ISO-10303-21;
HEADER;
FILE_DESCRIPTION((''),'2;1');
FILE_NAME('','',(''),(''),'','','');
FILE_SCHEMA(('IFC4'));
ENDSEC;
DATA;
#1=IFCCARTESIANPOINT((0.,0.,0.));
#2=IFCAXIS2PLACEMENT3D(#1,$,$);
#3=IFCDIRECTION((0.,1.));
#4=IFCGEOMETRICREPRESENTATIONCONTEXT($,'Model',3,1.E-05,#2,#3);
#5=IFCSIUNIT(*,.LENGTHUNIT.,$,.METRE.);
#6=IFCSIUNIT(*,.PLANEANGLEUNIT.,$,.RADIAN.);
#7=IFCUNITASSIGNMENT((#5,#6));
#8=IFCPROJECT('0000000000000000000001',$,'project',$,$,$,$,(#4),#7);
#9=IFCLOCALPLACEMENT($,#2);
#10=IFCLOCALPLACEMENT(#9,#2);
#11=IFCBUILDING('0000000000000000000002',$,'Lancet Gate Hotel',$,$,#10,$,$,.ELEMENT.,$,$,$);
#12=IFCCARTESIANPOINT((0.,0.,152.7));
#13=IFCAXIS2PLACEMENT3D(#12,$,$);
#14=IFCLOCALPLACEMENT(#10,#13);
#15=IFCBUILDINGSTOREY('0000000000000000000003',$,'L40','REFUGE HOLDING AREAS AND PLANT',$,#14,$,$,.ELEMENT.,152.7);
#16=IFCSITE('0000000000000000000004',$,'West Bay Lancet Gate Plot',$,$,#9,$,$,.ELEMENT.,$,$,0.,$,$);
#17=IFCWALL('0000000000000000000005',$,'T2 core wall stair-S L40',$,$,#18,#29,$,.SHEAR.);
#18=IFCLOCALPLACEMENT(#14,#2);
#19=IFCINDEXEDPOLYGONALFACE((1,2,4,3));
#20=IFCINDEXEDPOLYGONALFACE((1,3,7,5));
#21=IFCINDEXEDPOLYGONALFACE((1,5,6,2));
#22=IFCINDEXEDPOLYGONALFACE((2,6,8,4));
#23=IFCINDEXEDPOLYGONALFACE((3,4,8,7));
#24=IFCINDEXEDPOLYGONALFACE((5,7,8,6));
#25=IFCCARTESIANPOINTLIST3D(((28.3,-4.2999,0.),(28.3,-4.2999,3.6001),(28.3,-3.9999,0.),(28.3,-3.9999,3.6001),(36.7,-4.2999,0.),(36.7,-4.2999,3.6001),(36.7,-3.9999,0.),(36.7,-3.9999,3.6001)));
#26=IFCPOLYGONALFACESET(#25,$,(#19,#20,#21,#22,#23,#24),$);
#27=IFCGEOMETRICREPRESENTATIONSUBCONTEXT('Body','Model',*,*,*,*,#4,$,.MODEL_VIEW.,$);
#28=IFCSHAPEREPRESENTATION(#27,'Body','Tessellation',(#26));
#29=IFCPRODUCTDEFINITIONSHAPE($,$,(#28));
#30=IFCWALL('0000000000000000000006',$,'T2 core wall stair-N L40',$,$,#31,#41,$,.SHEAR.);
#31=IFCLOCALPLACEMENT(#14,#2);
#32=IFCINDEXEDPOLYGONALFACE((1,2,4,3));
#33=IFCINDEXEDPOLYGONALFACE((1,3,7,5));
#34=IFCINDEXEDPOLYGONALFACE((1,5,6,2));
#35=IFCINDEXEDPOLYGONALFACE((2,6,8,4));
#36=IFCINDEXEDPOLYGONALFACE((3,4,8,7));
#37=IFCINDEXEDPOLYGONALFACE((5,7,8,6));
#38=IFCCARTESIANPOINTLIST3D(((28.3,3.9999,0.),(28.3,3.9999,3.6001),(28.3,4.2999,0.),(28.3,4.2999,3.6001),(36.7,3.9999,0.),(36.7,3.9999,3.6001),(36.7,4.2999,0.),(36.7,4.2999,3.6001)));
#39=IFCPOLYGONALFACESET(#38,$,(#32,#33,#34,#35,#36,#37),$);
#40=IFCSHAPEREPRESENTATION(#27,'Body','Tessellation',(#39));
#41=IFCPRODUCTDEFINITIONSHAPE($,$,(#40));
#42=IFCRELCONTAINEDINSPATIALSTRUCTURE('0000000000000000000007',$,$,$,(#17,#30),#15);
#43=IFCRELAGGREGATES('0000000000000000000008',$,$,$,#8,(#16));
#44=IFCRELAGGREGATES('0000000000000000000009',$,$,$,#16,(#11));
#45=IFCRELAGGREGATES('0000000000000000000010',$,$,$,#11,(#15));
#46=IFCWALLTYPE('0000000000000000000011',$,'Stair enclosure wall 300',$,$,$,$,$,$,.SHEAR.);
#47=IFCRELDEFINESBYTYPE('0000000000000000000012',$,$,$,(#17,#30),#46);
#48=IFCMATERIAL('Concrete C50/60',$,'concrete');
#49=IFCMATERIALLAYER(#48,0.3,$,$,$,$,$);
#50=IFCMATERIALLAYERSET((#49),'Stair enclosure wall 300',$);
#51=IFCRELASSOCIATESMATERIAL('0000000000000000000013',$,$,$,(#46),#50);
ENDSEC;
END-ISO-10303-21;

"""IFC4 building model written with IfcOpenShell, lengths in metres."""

from ifc_helpers import new_model, si_unit, direction, frame, frame_2d, origin, place, context, subcontext, project, spatial, rectangle, extrude, material, layer, layer_set, type_object, element, save


model = new_model("IFC4")

# Units and contexts
model_context = context("Model", 3, precision=1e-05, world=origin(), true_north=direction((0.0, 1.0)))
body_context = subcontext(model_context, "Body", "Model", "MODEL_VIEW")
ifc_project = project(units=[si_unit("LENGTHUNIT", "METRE"), si_unit("PLANEANGLEUNIT", "RADIAN")], contexts=[model_context])

# Site, building, storey
site_placement = place(None, origin())
site = spatial("IfcSite", under=ifc_project, at=site_placement, Name="West Bay Lancet Gate Plot", CompositionType="ELEMENT", RefElevation=0.0)
building_placement = place(site_placement, origin())
building = spatial("IfcBuilding", under=site, at=building_placement, Name="Lancet Gate Hotel", CompositionType="ELEMENT")
storey_placement = place(building_placement, frame((0.0, 0.0, 152.7)))
storey = spatial("IfcBuildingStorey", under=building, at=storey_placement, Name="L40", Description="REFUGE HOLDING AREAS AND PLANT", CompositionType="ELEMENT", Elevation=152.7)

# Walls
ifc_material_1 = material(Name="Concrete C50/60", Category="concrete")
ifc_layer_1 = layer(ifc_material_1, 0.3)
ifc_layer_set_1 = layer_set([ifc_layer_1], Name="Stair enclosure wall 300")
wall_type_1 = type_object("IfcWallType", Name="Stair enclosure wall 300", PredefinedType="SHEAR", material=ifc_layer_set_1)
for number, where, z_axis, x_axis, name in (
    (1, (28.3, -4.1499, 0.0), (0.0, 0.0, 1.0), (1.0, 0.0, 0.0), "T2 core wall stair-S L40"),
    (2, (28.3, 4.1499, 0.0), (0.0, 0.0, 1.0), (1.0, 0.0, 0.0), "T2 core wall stair-N L40"),
):
    element("IfcWall", number, at=place(storey_placement, frame(where, z_axis=z_axis, x_axis=x_axis)), inside=storey, type_object=wall_type_1, Name=name, PredefinedType="SHEAR", context=body_context, shape_type="SweptSolid", body=[
        extrude(rectangle(XDim=8.3999, YDim=0.3, at=frame_2d((4.2, 0.0))), origin(), (0.0, 0.0, 1.0), 3.6001),
    ])

save(model, "model.ifc")
